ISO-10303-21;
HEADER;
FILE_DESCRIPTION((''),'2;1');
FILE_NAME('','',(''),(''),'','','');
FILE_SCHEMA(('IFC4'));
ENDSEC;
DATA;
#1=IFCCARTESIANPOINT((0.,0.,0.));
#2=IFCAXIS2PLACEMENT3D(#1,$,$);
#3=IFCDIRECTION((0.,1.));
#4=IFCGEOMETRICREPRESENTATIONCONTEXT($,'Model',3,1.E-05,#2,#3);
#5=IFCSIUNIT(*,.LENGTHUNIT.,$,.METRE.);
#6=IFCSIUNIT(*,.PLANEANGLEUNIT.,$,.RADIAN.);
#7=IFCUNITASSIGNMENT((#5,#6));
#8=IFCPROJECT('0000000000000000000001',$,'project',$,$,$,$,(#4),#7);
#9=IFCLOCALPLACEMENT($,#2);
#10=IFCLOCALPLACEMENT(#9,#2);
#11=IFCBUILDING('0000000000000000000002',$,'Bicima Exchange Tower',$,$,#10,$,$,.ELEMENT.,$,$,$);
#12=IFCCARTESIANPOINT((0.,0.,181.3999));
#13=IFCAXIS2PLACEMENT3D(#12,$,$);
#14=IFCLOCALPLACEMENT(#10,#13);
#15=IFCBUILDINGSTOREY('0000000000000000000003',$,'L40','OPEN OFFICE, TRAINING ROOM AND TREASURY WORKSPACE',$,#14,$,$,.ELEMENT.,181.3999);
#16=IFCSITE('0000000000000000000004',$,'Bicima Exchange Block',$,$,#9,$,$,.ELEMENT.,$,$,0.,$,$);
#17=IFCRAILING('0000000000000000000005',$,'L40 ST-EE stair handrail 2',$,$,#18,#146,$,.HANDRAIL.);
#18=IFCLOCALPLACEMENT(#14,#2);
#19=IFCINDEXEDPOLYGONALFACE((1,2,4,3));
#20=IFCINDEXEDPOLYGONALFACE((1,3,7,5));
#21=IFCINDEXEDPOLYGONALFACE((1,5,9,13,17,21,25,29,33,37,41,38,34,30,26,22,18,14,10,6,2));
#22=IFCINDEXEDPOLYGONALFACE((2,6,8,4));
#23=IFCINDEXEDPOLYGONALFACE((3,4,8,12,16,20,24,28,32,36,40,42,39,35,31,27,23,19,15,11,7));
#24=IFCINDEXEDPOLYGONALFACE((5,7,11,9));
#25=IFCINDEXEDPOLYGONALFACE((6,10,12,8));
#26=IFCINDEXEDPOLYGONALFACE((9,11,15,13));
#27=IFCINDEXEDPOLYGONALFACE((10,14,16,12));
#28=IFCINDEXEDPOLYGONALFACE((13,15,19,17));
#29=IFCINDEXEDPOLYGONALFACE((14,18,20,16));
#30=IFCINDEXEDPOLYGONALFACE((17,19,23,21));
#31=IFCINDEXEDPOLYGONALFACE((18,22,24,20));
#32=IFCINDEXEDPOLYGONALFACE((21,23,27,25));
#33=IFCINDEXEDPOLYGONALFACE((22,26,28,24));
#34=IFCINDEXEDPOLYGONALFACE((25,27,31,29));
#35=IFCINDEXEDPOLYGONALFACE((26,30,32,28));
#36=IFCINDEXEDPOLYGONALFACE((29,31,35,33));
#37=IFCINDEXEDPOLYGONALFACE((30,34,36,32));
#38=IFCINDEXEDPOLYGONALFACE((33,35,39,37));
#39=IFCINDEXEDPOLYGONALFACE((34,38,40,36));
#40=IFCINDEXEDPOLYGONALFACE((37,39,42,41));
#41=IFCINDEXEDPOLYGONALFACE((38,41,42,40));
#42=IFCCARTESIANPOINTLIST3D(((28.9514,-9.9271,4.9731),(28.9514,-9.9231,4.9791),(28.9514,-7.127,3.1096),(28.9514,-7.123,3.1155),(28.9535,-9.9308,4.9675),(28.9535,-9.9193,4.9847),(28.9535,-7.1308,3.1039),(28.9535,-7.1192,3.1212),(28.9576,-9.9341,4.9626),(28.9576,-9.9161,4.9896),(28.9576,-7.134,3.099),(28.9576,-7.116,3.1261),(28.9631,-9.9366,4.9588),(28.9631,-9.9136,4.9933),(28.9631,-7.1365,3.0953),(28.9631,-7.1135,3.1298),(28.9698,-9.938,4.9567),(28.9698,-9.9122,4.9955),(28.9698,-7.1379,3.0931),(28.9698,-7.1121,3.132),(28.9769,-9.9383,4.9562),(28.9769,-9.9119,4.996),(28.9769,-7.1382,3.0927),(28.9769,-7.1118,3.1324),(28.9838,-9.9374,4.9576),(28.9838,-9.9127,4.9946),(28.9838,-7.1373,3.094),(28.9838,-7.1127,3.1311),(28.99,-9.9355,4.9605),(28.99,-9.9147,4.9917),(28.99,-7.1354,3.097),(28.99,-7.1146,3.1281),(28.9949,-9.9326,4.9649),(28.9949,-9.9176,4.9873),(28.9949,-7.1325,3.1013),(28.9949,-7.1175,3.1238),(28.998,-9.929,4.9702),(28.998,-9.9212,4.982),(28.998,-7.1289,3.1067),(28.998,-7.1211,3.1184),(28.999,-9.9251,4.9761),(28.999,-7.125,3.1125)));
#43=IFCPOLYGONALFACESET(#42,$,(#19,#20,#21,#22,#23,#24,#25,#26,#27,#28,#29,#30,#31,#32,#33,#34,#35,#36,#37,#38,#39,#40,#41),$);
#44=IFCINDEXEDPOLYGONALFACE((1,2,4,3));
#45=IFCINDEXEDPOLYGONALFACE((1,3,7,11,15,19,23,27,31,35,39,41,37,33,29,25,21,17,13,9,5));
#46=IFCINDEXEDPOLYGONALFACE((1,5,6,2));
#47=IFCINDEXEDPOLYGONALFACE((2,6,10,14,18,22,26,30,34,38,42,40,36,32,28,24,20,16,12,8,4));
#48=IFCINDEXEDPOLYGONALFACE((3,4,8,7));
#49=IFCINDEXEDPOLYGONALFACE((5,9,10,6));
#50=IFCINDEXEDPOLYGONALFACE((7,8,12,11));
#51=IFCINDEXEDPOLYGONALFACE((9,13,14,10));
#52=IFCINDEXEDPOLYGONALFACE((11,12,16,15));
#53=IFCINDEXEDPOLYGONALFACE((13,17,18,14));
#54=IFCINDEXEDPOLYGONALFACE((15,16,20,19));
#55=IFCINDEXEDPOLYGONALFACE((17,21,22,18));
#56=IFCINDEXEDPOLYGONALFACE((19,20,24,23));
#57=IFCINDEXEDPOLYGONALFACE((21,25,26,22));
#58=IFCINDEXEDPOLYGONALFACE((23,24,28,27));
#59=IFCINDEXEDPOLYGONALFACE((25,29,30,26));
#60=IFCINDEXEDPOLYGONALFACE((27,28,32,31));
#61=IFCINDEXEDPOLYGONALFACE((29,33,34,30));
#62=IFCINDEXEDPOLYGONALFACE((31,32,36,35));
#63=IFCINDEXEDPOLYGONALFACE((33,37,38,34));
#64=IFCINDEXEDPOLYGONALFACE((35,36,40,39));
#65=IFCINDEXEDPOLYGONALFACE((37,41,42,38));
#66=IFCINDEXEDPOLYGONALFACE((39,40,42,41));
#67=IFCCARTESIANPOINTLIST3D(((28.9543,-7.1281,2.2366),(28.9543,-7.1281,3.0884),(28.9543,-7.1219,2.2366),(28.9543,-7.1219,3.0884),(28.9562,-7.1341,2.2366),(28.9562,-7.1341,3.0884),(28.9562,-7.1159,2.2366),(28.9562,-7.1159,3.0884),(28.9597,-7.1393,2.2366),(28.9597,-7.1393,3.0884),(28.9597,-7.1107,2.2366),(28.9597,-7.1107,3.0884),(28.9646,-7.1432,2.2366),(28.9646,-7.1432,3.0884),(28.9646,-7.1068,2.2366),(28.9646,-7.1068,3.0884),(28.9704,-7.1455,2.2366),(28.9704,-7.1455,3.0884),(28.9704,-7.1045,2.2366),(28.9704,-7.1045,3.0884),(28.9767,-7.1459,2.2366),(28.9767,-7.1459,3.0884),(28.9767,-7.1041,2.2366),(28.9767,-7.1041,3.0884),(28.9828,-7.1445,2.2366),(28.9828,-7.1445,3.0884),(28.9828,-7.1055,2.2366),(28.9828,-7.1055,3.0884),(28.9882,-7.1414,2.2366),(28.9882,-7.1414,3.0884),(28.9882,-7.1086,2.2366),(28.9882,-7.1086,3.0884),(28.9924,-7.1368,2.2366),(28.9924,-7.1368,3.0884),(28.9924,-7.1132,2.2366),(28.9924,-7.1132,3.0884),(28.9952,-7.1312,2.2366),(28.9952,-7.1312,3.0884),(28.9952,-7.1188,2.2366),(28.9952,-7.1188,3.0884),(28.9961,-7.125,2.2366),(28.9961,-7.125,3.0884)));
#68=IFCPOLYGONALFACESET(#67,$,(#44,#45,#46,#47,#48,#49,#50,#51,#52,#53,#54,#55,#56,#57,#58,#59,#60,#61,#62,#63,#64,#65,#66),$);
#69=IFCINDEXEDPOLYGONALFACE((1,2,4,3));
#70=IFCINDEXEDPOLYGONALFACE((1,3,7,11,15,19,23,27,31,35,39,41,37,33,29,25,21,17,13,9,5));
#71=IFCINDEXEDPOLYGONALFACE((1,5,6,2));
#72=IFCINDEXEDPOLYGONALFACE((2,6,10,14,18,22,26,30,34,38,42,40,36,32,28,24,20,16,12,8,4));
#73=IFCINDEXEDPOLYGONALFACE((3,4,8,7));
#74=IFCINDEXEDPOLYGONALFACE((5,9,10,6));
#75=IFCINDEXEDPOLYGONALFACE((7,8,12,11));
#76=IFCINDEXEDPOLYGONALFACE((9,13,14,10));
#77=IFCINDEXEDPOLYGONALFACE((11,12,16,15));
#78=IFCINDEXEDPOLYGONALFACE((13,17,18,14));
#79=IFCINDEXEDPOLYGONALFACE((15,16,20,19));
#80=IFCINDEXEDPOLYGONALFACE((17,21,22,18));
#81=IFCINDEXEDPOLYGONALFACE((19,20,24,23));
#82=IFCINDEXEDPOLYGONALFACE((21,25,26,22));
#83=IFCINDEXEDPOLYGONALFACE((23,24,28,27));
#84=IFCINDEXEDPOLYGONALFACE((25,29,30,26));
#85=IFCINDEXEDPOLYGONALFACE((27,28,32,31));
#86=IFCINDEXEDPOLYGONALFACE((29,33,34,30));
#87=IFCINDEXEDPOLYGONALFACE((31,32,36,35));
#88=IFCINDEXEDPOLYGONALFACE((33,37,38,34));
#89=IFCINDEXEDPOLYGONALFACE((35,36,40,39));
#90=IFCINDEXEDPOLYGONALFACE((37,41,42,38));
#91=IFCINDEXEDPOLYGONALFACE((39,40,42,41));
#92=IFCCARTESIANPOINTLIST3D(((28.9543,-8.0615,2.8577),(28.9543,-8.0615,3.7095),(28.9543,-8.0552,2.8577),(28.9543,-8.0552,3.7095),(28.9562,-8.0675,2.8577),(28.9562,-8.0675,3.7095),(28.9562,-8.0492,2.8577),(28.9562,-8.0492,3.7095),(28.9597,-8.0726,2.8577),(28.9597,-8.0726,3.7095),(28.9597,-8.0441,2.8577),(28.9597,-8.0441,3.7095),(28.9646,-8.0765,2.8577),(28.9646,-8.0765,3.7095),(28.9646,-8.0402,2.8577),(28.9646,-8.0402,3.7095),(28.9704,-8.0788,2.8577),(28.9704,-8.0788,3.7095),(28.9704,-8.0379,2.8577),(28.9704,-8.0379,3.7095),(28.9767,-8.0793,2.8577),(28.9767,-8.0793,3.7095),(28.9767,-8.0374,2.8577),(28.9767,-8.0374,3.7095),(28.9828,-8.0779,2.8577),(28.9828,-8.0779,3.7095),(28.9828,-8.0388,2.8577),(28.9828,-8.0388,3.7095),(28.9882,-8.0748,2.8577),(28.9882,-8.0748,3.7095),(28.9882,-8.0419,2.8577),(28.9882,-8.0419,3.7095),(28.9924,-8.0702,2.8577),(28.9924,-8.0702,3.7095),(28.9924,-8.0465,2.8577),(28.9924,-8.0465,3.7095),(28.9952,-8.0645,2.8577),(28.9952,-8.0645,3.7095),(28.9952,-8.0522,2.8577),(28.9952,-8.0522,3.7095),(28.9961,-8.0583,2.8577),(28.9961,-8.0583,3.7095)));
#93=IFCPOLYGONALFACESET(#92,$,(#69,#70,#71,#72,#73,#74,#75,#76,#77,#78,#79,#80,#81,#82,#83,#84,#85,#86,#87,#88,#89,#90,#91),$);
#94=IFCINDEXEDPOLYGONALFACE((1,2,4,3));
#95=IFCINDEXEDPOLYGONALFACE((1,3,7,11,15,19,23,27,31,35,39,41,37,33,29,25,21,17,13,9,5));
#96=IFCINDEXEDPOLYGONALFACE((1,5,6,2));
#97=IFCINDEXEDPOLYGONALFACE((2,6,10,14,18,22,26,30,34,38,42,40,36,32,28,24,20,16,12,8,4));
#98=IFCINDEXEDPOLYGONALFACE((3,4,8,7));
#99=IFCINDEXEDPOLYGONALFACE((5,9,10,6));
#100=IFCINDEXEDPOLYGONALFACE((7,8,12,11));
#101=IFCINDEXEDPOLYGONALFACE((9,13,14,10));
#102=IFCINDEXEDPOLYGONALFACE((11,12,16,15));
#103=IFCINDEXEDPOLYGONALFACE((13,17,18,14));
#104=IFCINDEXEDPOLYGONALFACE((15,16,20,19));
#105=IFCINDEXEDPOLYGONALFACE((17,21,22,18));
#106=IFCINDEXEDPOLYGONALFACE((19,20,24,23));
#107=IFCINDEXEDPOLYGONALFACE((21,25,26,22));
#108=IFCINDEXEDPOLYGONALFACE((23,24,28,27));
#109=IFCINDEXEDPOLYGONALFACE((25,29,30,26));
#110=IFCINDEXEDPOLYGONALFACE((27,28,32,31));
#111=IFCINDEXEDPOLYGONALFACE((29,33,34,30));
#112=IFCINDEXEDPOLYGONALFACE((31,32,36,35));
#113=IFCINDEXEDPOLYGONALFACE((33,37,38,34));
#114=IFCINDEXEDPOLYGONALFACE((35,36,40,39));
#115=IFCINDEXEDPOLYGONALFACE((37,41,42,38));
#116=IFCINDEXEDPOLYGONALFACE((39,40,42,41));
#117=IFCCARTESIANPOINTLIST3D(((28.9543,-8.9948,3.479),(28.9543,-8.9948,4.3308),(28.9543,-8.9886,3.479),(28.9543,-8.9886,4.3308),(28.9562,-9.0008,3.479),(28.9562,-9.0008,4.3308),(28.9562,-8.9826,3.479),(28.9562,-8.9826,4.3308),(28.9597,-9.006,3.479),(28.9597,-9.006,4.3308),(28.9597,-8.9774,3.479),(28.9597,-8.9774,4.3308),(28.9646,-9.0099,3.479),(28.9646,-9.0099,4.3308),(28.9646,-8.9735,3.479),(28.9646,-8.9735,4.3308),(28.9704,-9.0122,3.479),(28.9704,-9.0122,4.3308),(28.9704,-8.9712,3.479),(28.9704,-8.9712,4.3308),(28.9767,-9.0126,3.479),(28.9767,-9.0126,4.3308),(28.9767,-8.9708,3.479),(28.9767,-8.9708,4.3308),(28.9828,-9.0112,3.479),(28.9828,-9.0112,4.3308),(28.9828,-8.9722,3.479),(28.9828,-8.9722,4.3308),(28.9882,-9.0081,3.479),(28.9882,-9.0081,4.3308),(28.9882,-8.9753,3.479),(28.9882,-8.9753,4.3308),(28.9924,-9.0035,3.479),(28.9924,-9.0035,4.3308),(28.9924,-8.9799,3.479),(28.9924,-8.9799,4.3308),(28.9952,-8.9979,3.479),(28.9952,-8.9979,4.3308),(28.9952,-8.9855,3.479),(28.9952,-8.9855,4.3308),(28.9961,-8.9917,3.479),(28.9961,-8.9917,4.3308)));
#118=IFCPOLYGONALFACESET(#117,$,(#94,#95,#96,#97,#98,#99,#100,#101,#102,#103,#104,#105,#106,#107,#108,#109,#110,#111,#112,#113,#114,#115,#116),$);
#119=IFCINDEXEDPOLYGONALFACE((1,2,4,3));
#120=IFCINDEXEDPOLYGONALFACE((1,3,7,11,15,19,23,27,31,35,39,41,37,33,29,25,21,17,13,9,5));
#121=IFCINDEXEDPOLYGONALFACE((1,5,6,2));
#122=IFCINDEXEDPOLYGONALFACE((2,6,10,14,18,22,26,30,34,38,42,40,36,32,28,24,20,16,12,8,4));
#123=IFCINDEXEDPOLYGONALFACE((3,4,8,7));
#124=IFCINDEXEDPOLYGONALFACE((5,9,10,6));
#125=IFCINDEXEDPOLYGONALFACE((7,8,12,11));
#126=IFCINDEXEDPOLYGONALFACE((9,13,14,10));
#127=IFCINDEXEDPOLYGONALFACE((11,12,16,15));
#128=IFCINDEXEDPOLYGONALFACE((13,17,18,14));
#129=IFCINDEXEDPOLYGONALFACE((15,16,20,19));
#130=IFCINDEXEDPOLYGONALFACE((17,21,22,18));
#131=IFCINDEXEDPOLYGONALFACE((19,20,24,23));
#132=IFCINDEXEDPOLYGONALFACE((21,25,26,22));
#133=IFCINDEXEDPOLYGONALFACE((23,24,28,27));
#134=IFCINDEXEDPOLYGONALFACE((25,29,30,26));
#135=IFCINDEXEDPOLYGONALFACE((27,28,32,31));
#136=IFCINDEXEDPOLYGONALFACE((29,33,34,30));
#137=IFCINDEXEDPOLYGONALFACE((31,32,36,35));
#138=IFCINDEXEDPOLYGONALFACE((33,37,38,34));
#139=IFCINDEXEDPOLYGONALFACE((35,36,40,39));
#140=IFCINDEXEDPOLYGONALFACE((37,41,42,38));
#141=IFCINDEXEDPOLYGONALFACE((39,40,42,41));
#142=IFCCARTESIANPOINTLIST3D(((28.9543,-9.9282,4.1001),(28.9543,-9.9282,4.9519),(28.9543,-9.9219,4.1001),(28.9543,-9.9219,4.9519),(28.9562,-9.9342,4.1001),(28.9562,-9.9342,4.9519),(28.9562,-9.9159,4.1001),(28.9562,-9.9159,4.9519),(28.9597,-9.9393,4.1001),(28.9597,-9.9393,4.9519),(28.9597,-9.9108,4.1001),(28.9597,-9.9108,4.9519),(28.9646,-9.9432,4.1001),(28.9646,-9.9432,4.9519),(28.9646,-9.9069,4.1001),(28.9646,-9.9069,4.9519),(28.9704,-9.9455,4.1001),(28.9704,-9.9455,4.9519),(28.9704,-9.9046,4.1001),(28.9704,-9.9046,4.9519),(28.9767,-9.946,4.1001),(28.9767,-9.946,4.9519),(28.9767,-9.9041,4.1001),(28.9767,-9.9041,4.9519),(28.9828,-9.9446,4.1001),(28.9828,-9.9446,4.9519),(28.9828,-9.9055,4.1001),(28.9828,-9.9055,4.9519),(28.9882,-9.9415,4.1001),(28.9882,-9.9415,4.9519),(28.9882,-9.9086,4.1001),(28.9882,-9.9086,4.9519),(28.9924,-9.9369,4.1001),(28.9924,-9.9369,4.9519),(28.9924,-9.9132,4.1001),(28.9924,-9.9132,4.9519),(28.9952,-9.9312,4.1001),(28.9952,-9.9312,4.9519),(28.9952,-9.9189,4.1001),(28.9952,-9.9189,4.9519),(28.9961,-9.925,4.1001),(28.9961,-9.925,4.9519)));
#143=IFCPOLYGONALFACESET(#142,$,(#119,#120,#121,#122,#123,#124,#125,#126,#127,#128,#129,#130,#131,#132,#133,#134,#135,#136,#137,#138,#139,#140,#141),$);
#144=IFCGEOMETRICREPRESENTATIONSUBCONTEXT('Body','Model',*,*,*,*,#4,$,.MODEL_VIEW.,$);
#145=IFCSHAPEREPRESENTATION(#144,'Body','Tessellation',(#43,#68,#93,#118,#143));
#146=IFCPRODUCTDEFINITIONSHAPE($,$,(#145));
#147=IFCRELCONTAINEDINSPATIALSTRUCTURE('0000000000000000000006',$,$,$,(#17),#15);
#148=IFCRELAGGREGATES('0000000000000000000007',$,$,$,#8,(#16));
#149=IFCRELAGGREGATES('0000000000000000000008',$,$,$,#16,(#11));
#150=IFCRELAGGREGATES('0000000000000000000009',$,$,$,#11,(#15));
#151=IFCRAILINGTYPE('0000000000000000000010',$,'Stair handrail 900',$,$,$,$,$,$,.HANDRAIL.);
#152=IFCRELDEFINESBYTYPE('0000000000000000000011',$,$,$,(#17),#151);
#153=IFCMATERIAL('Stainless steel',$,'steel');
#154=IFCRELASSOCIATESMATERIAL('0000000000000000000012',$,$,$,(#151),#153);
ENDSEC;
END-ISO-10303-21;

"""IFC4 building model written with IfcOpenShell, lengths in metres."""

from ifc_helpers import new_model, si_unit, direction, frame, origin, origin_2d, place, context, subcontext, project, spatial, circle, extrude, material, type_object, element, save


model = new_model("IFC4")

# Units and contexts
model_context = context("Model", 3, precision=1e-05, world=origin(), true_north=direction((0.0, 1.0)))
body_context = subcontext(model_context, "Body", "Model", "MODEL_VIEW")
ifc_project = project(units=[si_unit("LENGTHUNIT", "METRE"), si_unit("PLANEANGLEUNIT", "RADIAN")], contexts=[model_context])

# Site, building, storey
site_placement = place(None, origin())
site = spatial("IfcSite", under=ifc_project, at=site_placement, Name="Bicima Exchange Block", CompositionType="ELEMENT", RefElevation=0.0)
building_placement = place(site_placement, origin())
building = spatial("IfcBuilding", under=site, at=building_placement, Name="Bicima Exchange Tower", CompositionType="ELEMENT")
storey_placement = place(building_placement, frame((0.0, 0.0, 181.3999)))
storey = spatial("IfcBuildingStorey", under=building, at=storey_placement, Name="L40", Description="OPEN OFFICE, TRAINING ROOM AND TREASURY WORKSPACE", CompositionType="ELEMENT", Elevation=181.3999)

# Railing
ifc_material_1 = material(Name="Stainless steel", Category="steel")
railing_type_1 = type_object("IfcRailingType", Name="Stair handrail 900", PredefinedType="HANDRAIL", material=ifc_material_1)
railing_1_placement = place(storey_placement, frame((28.9751, -7.125, 2.2366)))
element("IfcRailing", 1, at=railing_1_placement, inside=storey, type_object=railing_type_1, Name="L40 ST-EE stair handrail 2", PredefinedType="HANDRAIL", context=body_context, shape_type="SweptSolid", body=[
    extrude(circle(Radius=0.0239, at=origin_2d()), frame((0.0, 0.0, 0.876), z_axis=(0.0, -0.832486, 0.554047), x_axis=(1.0, 0.0, 0.0)), (0.0, 0.0, 1.0), 3.3635),
    extrude(circle(Radius=0.021, at=origin_2d()), origin(), (0.0, 0.0, 1.0), 0.8518),
    extrude(circle(Radius=0.021, at=origin_2d()), frame((0.0, -0.9333, 0.6211)), (0.0, 0.0, 1.0), 0.8518),
    extrude(circle(Radius=0.021, at=origin_2d()), frame((0.0, -1.8667, 1.2424)), (0.0, 0.0, 1.0), 0.8518),
    extrude(circle(Radius=0.021, at=origin_2d()), frame((0.0, -2.8, 1.8635)), (0.0, 0.0, 1.0), 0.8518),
])

save(model, "model.ifc")
